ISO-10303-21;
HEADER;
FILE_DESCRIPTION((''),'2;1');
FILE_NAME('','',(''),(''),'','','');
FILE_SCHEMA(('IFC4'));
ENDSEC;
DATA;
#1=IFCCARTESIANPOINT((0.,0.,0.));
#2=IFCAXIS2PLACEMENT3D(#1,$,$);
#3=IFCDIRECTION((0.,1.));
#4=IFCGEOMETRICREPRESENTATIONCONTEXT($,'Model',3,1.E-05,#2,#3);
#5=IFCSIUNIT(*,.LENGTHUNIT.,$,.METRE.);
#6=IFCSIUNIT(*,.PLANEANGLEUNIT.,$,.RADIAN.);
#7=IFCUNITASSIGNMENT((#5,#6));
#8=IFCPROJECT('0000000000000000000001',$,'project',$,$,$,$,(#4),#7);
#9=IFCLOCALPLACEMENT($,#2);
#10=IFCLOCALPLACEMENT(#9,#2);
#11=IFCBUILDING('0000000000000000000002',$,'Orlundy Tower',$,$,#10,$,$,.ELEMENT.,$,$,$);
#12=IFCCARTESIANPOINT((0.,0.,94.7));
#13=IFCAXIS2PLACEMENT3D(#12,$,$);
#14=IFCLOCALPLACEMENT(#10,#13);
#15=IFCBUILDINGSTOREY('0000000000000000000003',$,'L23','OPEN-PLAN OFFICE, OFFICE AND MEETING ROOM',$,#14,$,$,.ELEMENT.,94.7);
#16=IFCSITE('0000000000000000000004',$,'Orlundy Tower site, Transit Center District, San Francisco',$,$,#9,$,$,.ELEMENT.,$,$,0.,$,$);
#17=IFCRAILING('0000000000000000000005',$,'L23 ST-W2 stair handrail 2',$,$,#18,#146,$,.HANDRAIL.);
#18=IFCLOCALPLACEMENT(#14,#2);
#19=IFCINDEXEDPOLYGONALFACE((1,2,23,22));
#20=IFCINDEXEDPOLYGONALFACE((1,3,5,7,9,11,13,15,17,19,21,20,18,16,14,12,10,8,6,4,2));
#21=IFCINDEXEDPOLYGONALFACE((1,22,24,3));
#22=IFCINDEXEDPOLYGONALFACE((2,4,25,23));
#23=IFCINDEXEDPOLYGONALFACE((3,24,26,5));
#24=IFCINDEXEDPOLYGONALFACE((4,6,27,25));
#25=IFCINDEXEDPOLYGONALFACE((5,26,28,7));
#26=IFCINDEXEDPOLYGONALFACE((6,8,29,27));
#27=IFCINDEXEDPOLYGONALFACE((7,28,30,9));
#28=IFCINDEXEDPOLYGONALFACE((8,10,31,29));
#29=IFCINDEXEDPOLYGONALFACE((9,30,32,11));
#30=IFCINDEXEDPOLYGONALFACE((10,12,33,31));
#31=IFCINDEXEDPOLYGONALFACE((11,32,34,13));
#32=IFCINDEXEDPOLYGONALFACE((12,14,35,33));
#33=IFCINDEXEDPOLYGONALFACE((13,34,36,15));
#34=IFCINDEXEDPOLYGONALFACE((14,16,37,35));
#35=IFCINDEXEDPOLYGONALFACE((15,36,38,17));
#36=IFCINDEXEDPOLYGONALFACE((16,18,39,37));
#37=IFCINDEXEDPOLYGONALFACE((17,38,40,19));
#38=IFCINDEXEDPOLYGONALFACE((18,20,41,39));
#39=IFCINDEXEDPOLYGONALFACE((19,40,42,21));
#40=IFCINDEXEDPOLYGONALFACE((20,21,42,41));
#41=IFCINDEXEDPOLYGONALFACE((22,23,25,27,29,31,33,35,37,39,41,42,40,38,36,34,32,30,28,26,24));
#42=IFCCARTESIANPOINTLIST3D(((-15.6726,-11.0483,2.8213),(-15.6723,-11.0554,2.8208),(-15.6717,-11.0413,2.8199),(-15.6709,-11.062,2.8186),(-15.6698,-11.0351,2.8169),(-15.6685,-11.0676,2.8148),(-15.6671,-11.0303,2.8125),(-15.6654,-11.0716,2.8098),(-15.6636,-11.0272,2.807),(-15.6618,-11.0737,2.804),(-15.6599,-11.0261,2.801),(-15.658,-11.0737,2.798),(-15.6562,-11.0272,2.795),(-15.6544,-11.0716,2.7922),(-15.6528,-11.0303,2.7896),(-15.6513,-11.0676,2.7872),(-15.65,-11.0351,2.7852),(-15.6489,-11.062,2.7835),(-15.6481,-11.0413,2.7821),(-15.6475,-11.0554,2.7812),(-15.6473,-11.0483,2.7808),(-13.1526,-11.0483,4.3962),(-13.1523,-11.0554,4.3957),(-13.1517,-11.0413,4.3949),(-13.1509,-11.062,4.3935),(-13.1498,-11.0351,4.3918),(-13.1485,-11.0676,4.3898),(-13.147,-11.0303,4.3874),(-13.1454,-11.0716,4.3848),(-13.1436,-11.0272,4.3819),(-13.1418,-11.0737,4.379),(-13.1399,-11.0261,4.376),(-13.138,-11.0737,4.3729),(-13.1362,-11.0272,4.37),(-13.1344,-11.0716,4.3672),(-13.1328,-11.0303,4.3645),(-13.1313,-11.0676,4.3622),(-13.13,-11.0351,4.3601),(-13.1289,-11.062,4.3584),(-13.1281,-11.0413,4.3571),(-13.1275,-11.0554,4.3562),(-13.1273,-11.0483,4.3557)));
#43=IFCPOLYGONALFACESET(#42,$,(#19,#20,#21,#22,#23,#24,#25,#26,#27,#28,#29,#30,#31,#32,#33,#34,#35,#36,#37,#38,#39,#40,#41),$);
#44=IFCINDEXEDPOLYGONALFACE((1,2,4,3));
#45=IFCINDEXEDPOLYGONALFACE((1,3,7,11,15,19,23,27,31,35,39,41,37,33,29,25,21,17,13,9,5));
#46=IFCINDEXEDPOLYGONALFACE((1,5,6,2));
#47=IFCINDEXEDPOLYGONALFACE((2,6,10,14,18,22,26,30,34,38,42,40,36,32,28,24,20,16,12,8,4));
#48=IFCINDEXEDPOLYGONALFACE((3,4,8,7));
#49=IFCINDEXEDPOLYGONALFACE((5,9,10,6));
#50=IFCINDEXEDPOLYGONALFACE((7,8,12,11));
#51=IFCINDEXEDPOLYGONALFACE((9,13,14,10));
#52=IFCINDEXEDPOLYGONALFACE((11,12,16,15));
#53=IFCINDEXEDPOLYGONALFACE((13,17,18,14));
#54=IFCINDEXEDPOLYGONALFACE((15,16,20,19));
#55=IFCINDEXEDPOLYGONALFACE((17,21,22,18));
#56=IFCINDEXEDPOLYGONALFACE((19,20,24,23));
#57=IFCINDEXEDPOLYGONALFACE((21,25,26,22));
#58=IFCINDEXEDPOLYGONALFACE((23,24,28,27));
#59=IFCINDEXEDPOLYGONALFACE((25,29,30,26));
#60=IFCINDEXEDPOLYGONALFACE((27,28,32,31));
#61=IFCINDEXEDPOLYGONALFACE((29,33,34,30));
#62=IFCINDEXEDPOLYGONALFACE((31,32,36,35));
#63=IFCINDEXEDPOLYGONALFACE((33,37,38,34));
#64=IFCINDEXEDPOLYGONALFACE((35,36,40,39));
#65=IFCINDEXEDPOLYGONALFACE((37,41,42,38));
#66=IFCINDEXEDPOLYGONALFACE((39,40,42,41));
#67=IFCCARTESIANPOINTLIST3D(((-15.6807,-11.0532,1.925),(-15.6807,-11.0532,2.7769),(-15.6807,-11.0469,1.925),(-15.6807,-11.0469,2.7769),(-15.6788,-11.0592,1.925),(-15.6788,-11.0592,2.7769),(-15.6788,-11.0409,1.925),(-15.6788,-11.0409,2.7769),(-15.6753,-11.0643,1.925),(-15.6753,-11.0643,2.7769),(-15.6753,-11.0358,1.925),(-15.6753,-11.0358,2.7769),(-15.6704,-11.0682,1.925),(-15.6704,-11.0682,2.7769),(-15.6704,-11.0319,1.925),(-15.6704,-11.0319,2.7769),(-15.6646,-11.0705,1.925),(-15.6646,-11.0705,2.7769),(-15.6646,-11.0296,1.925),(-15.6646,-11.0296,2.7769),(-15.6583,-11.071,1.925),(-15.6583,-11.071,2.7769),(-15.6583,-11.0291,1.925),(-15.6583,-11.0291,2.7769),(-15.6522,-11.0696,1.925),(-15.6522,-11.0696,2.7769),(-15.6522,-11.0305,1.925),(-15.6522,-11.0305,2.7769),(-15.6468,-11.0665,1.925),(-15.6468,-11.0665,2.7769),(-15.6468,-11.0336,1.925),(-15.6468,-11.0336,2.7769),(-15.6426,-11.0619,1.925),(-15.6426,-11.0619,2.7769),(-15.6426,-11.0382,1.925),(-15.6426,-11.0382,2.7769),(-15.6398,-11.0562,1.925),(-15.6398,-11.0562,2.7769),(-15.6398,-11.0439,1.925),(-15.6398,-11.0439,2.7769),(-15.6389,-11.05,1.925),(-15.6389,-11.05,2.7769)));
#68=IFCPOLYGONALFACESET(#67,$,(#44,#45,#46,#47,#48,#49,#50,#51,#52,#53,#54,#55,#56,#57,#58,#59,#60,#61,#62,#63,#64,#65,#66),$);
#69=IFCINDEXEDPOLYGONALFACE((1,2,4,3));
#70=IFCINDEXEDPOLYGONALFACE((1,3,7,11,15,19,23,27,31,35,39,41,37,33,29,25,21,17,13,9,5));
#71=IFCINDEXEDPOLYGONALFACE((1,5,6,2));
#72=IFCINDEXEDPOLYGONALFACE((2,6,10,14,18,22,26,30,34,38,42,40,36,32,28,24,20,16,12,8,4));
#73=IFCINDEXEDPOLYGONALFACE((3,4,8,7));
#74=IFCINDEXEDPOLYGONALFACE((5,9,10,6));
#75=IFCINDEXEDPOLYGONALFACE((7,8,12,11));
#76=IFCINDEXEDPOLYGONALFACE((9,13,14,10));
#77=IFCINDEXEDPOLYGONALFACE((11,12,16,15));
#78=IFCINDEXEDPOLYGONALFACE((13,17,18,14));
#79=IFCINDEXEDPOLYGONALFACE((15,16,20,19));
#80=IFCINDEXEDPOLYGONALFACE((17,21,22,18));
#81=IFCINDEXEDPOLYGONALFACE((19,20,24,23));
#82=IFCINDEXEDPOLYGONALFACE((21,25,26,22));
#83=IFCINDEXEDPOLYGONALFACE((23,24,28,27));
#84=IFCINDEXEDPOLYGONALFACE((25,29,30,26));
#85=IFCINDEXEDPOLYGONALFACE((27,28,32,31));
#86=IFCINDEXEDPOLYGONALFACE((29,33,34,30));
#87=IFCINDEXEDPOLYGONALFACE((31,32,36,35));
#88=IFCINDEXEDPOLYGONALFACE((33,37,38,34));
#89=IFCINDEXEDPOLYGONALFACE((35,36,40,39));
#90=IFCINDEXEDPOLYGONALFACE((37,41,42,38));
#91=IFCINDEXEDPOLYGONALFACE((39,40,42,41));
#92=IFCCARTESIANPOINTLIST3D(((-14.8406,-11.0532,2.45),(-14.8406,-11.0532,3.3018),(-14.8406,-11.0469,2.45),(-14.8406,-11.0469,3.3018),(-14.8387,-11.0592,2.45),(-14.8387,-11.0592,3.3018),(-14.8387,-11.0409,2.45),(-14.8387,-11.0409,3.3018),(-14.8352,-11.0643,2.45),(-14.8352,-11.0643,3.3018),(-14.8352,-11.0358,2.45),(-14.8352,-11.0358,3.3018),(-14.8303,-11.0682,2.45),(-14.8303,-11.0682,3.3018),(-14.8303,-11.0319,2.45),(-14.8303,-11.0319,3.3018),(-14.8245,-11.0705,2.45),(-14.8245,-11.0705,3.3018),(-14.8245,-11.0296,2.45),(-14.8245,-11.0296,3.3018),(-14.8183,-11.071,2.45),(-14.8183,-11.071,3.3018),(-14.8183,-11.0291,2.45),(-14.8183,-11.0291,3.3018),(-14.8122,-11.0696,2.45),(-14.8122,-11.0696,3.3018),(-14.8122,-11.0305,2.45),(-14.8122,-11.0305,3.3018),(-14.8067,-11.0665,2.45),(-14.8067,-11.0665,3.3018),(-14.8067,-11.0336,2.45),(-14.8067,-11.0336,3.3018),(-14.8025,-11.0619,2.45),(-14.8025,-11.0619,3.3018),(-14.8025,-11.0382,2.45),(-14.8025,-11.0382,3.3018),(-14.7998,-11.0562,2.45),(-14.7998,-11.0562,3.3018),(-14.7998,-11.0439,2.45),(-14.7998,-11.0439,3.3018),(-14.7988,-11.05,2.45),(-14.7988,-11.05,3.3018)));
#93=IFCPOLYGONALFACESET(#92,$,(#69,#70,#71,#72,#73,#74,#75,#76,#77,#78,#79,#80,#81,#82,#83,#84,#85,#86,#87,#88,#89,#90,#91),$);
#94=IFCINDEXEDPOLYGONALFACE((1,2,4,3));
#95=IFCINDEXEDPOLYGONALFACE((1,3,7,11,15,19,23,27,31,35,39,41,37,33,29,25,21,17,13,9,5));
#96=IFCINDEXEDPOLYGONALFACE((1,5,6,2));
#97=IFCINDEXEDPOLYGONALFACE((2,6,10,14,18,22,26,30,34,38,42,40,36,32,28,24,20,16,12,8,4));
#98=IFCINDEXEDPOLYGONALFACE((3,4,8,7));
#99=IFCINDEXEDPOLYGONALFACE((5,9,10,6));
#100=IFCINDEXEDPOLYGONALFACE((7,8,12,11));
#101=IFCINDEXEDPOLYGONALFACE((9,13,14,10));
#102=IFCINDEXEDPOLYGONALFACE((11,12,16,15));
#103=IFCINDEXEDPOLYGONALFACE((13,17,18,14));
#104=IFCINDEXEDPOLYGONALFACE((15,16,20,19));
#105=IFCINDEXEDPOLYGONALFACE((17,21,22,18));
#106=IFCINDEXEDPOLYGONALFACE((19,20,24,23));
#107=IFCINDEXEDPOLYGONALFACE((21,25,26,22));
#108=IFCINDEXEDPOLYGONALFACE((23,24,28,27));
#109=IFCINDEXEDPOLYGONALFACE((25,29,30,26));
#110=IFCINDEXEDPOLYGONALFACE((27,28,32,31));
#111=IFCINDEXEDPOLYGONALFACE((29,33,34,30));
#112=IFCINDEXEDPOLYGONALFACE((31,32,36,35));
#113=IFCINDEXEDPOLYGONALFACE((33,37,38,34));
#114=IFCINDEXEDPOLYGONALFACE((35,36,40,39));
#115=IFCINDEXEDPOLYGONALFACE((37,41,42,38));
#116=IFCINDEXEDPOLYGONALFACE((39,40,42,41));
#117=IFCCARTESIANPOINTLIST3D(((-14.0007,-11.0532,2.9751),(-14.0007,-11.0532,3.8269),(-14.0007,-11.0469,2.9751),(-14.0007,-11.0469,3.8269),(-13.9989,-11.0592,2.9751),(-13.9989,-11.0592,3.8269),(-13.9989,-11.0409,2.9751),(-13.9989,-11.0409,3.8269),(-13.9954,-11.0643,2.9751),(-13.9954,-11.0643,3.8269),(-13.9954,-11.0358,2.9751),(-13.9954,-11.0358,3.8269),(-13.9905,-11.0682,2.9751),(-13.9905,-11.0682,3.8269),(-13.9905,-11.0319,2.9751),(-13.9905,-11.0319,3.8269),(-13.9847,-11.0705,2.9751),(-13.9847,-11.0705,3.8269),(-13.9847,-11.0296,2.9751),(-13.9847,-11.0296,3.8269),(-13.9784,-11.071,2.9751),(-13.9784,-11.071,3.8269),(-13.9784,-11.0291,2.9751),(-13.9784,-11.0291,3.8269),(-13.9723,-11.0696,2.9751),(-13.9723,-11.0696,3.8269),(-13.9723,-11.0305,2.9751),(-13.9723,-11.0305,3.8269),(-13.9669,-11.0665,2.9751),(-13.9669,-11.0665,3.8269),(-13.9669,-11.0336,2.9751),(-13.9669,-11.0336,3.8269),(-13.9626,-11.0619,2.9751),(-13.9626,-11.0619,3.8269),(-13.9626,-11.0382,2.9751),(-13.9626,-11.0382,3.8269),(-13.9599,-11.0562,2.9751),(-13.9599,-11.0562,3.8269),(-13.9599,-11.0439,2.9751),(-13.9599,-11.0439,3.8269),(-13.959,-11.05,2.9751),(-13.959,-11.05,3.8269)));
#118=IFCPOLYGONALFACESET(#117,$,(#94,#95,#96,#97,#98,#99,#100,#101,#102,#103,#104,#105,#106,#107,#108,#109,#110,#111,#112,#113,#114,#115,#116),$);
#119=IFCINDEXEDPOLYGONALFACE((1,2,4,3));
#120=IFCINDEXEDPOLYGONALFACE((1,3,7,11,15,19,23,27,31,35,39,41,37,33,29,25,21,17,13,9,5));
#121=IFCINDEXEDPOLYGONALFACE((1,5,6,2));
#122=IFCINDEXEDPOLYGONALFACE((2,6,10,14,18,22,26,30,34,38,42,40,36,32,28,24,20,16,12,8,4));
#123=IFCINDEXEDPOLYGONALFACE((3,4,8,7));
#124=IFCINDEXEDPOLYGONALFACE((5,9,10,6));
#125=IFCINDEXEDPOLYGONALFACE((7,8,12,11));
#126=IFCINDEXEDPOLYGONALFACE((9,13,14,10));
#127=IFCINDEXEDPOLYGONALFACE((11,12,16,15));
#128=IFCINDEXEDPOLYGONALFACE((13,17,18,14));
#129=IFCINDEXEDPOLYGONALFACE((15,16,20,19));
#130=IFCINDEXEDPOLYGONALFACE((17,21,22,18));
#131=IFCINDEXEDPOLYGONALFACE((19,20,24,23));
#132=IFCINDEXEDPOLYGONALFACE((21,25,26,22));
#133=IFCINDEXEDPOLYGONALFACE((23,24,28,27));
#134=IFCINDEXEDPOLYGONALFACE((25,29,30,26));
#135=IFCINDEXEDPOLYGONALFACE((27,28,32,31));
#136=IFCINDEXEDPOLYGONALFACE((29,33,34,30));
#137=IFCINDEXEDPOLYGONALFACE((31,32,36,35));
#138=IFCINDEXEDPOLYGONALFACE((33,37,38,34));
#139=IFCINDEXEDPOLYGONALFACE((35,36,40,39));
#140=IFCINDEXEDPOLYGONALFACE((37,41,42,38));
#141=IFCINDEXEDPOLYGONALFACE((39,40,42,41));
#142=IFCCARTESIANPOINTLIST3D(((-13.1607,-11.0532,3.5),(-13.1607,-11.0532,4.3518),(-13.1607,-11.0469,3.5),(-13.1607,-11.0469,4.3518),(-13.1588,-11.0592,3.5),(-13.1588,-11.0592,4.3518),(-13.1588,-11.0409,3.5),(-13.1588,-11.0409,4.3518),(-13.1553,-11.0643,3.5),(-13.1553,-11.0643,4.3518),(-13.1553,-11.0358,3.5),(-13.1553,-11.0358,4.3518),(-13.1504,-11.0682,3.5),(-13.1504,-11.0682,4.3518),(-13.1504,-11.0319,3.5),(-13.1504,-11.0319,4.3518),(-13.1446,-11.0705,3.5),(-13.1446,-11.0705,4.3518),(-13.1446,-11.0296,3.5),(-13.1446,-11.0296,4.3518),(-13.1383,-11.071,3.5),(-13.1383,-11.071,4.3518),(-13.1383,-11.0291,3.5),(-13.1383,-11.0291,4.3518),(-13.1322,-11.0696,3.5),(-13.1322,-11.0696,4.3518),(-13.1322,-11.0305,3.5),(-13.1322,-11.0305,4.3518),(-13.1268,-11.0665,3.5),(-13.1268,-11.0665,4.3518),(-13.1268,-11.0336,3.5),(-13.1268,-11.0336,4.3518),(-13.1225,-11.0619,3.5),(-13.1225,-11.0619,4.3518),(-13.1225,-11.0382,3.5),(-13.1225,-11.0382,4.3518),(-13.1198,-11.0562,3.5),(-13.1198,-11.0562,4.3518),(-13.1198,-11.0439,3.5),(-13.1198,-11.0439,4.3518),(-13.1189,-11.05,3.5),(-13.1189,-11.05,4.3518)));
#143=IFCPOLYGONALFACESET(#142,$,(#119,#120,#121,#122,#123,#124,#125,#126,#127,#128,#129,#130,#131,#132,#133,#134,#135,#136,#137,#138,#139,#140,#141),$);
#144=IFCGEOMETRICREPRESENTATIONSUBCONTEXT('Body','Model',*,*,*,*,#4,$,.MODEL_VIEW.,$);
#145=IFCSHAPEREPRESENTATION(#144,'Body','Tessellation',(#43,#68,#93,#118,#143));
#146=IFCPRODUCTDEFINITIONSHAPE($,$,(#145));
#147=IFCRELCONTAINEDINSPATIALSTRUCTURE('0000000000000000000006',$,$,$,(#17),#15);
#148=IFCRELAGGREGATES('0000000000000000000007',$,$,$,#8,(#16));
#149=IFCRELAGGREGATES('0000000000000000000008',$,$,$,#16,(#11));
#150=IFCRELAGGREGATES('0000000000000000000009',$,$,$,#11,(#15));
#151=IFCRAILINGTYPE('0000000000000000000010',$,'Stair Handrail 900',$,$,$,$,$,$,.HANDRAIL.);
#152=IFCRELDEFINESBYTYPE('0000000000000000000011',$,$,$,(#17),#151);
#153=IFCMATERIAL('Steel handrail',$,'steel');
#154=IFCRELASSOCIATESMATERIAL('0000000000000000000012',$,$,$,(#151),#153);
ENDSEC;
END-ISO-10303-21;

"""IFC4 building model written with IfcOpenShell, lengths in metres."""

from ifc_helpers import new_model, si_unit, direction, frame, origin, origin_2d, place, context, subcontext, project, spatial, circle, extrude, material, type_object, element, save


model = new_model("IFC4")

# Units and contexts
model_context = context("Model", 3, precision=1e-05, world=origin(), true_north=direction((0.0, 1.0)))
body_context = subcontext(model_context, "Body", "Model", "MODEL_VIEW")
ifc_project = project(units=[si_unit("LENGTHUNIT", "METRE"), si_unit("PLANEANGLEUNIT", "RADIAN")], contexts=[model_context])

# Site, building, storey
site_placement = place(None, origin())
site = spatial("IfcSite", under=ifc_project, at=site_placement, Name="Orlundy Tower site, Transit Center District, San Francisco", CompositionType="ELEMENT", RefElevation=0.0)
building_placement = place(site_placement, origin())
building = spatial("IfcBuilding", under=site, at=building_placement, Name="Orlundy Tower", CompositionType="ELEMENT")
storey_placement = place(building_placement, frame((0.0, 0.0, 94.7)))
storey = spatial("IfcBuildingStorey", under=building, at=storey_placement, Name="L23", Description="OPEN-PLAN OFFICE, OFFICE AND MEETING ROOM", CompositionType="ELEMENT", Elevation=94.7)

# Railing
ifc_material_1 = material(Name="Steel handrail", Category="steel")
railing_type_1 = type_object("IfcRailingType", Name="Stair Handrail 900", PredefinedType="HANDRAIL", material=ifc_material_1)
railing_1_placement = place(storey_placement, frame((-15.6599, -11.05, 1.925)))
element("IfcRailing", 1, at=railing_1_placement, inside=storey, type_object=railing_type_1, Name="L23 ST-W2 stair handrail 2", PredefinedType="HANDRAIL", context=body_context, shape_type="SweptSolid", body=[
    extrude(circle(Radius=0.0239, at=origin_2d()), frame((0.0, 0.0, 0.876), z_axis=(0.848008, 0.0, 0.529984), x_axis=(0.0, 1.0, 0.0)), (0.0, 0.0, 1.0), 2.9717),
    extrude(circle(Radius=0.021, at=origin_2d()), origin(), (0.0, 0.0, 1.0), 0.8518),
    extrude(circle(Radius=0.021, at=origin_2d()), frame((0.8401, 0.0, 0.5249)), (0.0, 0.0, 1.0), 0.8518),
    extrude(circle(Radius=0.021, at=origin_2d()), frame((1.6799, 0.0, 1.05)), (0.0, 0.0, 1.0), 0.8518),
    extrude(circle(Radius=0.021, at=origin_2d()), frame((2.52, 0.0, 1.575)), (0.0, 0.0, 1.0), 0.8518),
])

save(model, "model.ifc")
